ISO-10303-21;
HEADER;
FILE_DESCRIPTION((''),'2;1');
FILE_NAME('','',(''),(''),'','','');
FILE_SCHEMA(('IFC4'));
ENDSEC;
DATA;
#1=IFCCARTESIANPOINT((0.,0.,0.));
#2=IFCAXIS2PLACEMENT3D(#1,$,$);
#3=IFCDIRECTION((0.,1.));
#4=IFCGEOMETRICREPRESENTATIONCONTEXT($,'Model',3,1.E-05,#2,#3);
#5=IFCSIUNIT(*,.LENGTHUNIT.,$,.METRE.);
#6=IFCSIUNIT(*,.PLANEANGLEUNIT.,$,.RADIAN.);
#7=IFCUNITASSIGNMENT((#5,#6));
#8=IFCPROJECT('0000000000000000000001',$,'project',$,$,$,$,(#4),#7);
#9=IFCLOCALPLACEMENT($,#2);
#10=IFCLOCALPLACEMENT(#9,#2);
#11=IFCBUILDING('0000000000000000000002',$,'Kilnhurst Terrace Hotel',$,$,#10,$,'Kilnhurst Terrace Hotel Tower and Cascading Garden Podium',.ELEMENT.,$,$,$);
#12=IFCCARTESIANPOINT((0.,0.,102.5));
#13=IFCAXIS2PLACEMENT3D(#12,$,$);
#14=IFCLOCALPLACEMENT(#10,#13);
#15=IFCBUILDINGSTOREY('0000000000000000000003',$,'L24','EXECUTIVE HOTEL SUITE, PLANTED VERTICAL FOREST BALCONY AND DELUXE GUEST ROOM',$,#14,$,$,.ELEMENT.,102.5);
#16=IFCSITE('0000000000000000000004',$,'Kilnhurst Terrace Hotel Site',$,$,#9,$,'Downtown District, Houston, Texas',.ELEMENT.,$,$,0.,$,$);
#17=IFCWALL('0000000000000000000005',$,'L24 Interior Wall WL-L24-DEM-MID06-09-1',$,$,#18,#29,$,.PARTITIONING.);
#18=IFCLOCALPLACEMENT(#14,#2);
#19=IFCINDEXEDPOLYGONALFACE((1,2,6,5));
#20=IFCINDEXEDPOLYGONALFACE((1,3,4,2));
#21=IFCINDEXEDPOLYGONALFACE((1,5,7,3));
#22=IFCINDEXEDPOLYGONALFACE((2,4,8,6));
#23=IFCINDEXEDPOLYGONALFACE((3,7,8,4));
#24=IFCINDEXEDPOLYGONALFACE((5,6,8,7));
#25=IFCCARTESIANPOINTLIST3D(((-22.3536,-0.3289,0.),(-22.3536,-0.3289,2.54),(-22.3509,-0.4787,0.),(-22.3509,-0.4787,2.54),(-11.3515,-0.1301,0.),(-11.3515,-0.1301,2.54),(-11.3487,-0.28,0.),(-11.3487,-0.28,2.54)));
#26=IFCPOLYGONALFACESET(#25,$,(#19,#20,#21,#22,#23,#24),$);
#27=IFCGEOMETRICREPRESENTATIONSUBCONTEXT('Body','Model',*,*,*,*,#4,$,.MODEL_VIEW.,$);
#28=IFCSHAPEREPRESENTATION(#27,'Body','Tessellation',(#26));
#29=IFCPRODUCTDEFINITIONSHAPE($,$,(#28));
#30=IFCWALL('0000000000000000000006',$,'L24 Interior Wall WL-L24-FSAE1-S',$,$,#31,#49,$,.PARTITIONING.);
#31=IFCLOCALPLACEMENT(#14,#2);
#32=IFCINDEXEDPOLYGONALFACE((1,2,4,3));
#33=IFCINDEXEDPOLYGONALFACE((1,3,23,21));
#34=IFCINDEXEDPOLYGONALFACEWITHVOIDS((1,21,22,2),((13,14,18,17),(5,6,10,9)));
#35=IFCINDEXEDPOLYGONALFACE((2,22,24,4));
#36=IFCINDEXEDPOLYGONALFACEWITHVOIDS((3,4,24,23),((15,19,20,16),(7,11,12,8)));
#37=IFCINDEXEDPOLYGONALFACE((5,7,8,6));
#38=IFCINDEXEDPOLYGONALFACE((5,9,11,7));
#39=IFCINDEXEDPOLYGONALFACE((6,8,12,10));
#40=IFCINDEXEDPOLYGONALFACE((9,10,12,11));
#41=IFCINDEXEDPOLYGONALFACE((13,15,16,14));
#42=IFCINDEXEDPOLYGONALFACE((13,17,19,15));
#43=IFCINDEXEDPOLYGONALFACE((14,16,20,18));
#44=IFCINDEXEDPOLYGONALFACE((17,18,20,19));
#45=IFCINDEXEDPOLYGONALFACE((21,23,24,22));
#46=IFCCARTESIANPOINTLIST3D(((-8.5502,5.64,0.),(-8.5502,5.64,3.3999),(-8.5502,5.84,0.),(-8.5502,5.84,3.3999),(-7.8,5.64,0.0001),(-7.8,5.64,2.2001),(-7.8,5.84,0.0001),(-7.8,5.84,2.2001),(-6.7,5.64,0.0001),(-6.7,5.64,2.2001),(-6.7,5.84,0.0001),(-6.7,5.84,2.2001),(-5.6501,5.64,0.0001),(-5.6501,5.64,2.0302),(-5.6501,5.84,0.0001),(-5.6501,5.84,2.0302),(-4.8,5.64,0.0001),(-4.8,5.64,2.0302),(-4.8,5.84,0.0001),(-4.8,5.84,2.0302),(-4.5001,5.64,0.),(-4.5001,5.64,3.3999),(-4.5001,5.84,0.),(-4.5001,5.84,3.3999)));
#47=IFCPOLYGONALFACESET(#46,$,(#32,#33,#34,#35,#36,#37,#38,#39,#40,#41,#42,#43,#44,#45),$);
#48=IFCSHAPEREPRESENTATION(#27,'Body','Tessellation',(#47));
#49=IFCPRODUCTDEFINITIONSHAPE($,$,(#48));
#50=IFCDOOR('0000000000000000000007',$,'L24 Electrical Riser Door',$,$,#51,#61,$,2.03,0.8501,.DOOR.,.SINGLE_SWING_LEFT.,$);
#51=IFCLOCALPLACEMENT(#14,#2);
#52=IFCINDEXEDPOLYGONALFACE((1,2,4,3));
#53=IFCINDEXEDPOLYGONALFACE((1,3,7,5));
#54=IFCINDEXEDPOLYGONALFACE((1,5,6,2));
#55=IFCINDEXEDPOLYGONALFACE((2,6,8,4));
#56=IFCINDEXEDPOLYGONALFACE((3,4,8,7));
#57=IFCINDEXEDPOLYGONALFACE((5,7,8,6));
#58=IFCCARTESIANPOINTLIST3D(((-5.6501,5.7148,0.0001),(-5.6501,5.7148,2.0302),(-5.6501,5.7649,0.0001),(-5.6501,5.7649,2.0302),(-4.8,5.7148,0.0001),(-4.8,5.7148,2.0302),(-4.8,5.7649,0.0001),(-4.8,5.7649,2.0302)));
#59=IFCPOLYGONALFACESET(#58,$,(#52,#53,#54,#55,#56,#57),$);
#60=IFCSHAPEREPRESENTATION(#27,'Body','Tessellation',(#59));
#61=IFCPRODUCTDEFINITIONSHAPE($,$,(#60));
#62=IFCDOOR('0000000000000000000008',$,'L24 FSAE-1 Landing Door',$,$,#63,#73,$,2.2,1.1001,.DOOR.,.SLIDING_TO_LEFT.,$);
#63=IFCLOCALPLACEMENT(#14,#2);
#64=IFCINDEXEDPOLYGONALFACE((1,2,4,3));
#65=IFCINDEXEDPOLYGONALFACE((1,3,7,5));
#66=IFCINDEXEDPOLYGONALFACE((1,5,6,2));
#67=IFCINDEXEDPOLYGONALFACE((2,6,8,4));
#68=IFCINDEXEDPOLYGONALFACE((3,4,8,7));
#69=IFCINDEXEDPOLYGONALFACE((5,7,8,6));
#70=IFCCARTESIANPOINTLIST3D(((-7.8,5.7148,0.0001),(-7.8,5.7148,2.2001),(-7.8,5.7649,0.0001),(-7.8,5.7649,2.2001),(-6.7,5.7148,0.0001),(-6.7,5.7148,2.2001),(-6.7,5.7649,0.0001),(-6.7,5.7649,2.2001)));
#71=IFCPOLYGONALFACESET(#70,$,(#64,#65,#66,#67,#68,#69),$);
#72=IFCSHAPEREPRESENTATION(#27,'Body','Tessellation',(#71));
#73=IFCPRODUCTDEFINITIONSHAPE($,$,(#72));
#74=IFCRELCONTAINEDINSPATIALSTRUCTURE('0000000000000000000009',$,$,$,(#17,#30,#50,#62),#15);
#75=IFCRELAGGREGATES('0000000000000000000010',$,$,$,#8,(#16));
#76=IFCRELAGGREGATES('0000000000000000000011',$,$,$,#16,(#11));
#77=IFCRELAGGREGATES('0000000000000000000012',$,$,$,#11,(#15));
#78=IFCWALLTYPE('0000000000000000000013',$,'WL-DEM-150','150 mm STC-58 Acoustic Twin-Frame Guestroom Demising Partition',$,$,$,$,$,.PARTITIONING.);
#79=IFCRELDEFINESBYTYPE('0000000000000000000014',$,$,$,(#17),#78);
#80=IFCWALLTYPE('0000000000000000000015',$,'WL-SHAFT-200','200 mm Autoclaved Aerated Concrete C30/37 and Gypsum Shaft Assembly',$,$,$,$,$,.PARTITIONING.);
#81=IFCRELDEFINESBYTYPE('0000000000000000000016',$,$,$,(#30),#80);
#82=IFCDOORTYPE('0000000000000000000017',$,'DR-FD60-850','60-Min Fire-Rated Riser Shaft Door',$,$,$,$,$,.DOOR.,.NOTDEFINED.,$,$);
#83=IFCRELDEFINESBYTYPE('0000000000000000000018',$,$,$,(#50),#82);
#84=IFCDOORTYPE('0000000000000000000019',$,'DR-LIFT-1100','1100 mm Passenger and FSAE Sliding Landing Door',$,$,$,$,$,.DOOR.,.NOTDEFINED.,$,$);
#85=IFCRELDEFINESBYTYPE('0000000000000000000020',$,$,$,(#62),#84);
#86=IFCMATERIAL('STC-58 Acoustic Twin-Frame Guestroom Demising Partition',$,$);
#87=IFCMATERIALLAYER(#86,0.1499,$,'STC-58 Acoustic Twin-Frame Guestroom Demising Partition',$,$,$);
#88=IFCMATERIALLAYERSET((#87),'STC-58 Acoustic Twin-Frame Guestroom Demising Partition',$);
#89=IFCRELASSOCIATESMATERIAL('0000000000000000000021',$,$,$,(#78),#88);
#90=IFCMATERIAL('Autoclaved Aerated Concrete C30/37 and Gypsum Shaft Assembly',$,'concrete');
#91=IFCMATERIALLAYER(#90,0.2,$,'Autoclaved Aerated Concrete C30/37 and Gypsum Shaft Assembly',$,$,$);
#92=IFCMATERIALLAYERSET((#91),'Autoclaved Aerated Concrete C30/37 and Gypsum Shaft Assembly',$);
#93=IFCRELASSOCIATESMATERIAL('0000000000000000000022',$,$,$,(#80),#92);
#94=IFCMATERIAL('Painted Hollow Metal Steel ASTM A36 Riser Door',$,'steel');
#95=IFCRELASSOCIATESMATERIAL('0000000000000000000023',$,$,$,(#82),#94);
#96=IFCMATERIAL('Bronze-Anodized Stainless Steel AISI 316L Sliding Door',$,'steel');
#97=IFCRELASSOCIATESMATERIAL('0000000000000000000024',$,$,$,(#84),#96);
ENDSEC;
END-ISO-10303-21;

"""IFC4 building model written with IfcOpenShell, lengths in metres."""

from ifc_helpers import new_model, si_unit, direction, frame, frame_2d, origin, place, context, subcontext, project, spatial, rectangle, extrude, material, layer, layer_set, type_object, element, fill, save


model = new_model("IFC4")

# Units and contexts
model_context = context("Model", 3, precision=1e-05, world=origin(), true_north=direction((0.0, 1.0)))
body_context = subcontext(model_context, "Body", "Model", "MODEL_VIEW")
ifc_project = project(units=[si_unit("LENGTHUNIT", "METRE"), si_unit("PLANEANGLEUNIT", "RADIAN")], contexts=[model_context])

# Site, building, storey
site_placement = place(None, origin())
site = spatial("IfcSite", under=ifc_project, at=site_placement, Name="Kilnhurst Terrace Hotel Site", LongName="Downtown District, Houston, Texas", CompositionType="ELEMENT", RefElevation=0.0)
building_placement = place(site_placement, origin())
building = spatial("IfcBuilding", under=site, at=building_placement, Name="Kilnhurst Terrace Hotel", LongName="Kilnhurst Terrace Hotel Tower and Cascading Garden Podium", CompositionType="ELEMENT")
storey_placement = place(building_placement, frame((0.0, 0.0, 102.5)))
storey = spatial("IfcBuildingStorey", under=building, at=storey_placement, Name="L24", Description="EXECUTIVE HOTEL SUITE, PLANTED VERTICAL FOREST BALCONY AND DELUXE GUEST ROOM", CompositionType="ELEMENT", Elevation=102.5)

# Wall
ifc_material_1 = material(Name="STC-58 Acoustic Twin-Frame Guestroom Demising Partition")
ifc_layer_1 = layer(ifc_material_1, 0.1499, Name="STC-58 Acoustic Twin-Frame Guestroom Demising Partition")
ifc_layer_set_1 = layer_set([ifc_layer_1], Name="STC-58 Acoustic Twin-Frame Guestroom Demising Partition")
wall_type_1 = type_object("IfcWallType", Name="WL-DEM-150", Description="150 mm STC-58 Acoustic Twin-Frame Guestroom Demising Partition", PredefinedType="PARTITIONING", material=ifc_layer_set_1)
wall_1_placement = place(storey_placement, frame((-11.3501, -0.2051, 0.0), z_axis=(0.0, 0.0, 1.0), x_axis=(-0.999837, -0.01806, 0.0)))
element("IfcWall", 1, at=wall_1_placement, inside=storey, type_object=wall_type_1, Name="L24 Interior Wall WL-L24-DEM-MID06-09-1", PredefinedType="PARTITIONING", context=body_context, shape_type="SweptSolid", body=[
    extrude(rectangle(XDim=11.0039, YDim=0.1499, at=frame_2d((5.502, 0.0))), origin(), (0.0, 0.0, 1.0), 2.54),
])

# Wall, openings, doors
ifc_material_2 = material(Name="Autoclaved Aerated Concrete C30/37 and Gypsum Shaft Assembly", Category="concrete")
ifc_layer_2 = layer(ifc_material_2, 0.2, Name="Autoclaved Aerated Concrete C30/37 and Gypsum Shaft Assembly")
ifc_layer_set_2 = layer_set([ifc_layer_2], Name="Autoclaved Aerated Concrete C30/37 and Gypsum Shaft Assembly")
wall_type_2 = type_object("IfcWallType", Name="WL-SHAFT-200", Description="200 mm Autoclaved Aerated Concrete C30/37 and Gypsum Shaft Assembly", PredefinedType="PARTITIONING", material=ifc_layer_set_2)
wall_2_placement = place(storey_placement, frame((-8.55, 5.74, 0.0), z_axis=(0.0, 0.0, 1.0), x_axis=(1.0, 0.0, 0.0)))
wall_2 = element("IfcWall", 2, at=wall_2_placement, inside=storey, type_object=wall_type_2, Name="L24 Interior Wall WL-L24-FSAE1-S", PredefinedType="PARTITIONING", context=body_context, shape_type="SweptSolid", body=[
    extrude(rectangle(XDim=4.05, YDim=0.2, at=frame_2d((2.0249, 0.0))), origin(), (0.0, 0.0, 1.0), 3.3999),
])
opening_1_placement = place(wall_2_placement, frame((0.75, 0.0, 0.0)))
opening_1 = element("IfcOpeningElement", 3, at=opening_1_placement, cuts=wall_2, PredefinedType="OPENING", context=body_context, shape_type="SweptSolid", body=[
    extrude(rectangle(XDim=1.1001, YDim=2.2, at=frame_2d((0.55, 1.1001))), frame((0.0, 0.1099, 0.0), z_axis=(0.0, -1.0, 0.0), x_axis=(1.0, 0.0, 0.0)), (0.0, 0.0, 1.0), 0.22),
])
opening_2_placement = place(wall_2_placement, frame((2.8999, 0.0, 0.0)))
opening_2 = element("IfcOpeningElement", 4, at=opening_2_placement, cuts=wall_2, PredefinedType="OPENING", context=body_context, shape_type="SweptSolid", body=[
    extrude(rectangle(XDim=0.8501, YDim=2.03, at=frame_2d((0.425, 1.0151))), frame((0.0, 0.1099, 0.0), z_axis=(0.0, -1.0, 0.0), x_axis=(1.0, 0.0, 0.0)), (0.0, 0.0, 1.0), 0.22),
])
ifc_material_3 = material(Name="Painted Hollow Metal Steel ASTM A36 Riser Door", Category="steel")
door_type_1 = type_object("IfcDoorType", Name="DR-FD60-850", Description="60-Min Fire-Rated Riser Shaft Door", OperationType="NOTDEFINED", PredefinedType="DOOR", material=ifc_material_3)
door_1_placement = place(opening_2_placement, origin())
door_1 = element("IfcDoor", 5, at=door_1_placement, inside=storey, type_object=door_type_1, Name="L24 Electrical Riser Door", OperationType="SINGLE_SWING_LEFT", OverallHeight=2.03, OverallWidth=0.8501, PredefinedType="DOOR", context=body_context, shape_type="SweptSolid", body=[
    extrude(rectangle(XDim=0.8501, YDim=2.03, at=frame_2d((0.425, 1.0151))), frame((0.0, 0.0249, 0.0), z_axis=(0.0, -1.0, 0.0), x_axis=(1.0, 0.0, 0.0)), (0.0, 0.0, 1.0), 0.05),
])
fill(opening_2, door_1)
ifc_material_4 = material(Name="Bronze-Anodized Stainless Steel AISI 316L Sliding Door", Category="steel")
door_type_2 = type_object("IfcDoorType", Name="DR-LIFT-1100", Description="1100 mm Passenger and FSAE Sliding Landing Door", OperationType="NOTDEFINED", PredefinedType="DOOR", material=ifc_material_4)
door_2_placement = place(opening_1_placement, origin())
door_2 = element("IfcDoor", 6, at=door_2_placement, inside=storey, type_object=door_type_2, Name="L24 FSAE-1 Landing Door", OperationType="SLIDING_TO_LEFT", OverallHeight=2.2, OverallWidth=1.1001, PredefinedType="DOOR", context=body_context, shape_type="SweptSolid", body=[
    extrude(rectangle(XDim=1.1001, YDim=2.2, at=frame_2d((0.55, 1.1001))), frame((0.0, 0.0249, 0.0), z_axis=(0.0, -1.0, 0.0), x_axis=(1.0, 0.0, 0.0)), (0.0, 0.0, 1.0), 0.05),
])
fill(opening_1, door_2)

save(model, "model.ifc")
